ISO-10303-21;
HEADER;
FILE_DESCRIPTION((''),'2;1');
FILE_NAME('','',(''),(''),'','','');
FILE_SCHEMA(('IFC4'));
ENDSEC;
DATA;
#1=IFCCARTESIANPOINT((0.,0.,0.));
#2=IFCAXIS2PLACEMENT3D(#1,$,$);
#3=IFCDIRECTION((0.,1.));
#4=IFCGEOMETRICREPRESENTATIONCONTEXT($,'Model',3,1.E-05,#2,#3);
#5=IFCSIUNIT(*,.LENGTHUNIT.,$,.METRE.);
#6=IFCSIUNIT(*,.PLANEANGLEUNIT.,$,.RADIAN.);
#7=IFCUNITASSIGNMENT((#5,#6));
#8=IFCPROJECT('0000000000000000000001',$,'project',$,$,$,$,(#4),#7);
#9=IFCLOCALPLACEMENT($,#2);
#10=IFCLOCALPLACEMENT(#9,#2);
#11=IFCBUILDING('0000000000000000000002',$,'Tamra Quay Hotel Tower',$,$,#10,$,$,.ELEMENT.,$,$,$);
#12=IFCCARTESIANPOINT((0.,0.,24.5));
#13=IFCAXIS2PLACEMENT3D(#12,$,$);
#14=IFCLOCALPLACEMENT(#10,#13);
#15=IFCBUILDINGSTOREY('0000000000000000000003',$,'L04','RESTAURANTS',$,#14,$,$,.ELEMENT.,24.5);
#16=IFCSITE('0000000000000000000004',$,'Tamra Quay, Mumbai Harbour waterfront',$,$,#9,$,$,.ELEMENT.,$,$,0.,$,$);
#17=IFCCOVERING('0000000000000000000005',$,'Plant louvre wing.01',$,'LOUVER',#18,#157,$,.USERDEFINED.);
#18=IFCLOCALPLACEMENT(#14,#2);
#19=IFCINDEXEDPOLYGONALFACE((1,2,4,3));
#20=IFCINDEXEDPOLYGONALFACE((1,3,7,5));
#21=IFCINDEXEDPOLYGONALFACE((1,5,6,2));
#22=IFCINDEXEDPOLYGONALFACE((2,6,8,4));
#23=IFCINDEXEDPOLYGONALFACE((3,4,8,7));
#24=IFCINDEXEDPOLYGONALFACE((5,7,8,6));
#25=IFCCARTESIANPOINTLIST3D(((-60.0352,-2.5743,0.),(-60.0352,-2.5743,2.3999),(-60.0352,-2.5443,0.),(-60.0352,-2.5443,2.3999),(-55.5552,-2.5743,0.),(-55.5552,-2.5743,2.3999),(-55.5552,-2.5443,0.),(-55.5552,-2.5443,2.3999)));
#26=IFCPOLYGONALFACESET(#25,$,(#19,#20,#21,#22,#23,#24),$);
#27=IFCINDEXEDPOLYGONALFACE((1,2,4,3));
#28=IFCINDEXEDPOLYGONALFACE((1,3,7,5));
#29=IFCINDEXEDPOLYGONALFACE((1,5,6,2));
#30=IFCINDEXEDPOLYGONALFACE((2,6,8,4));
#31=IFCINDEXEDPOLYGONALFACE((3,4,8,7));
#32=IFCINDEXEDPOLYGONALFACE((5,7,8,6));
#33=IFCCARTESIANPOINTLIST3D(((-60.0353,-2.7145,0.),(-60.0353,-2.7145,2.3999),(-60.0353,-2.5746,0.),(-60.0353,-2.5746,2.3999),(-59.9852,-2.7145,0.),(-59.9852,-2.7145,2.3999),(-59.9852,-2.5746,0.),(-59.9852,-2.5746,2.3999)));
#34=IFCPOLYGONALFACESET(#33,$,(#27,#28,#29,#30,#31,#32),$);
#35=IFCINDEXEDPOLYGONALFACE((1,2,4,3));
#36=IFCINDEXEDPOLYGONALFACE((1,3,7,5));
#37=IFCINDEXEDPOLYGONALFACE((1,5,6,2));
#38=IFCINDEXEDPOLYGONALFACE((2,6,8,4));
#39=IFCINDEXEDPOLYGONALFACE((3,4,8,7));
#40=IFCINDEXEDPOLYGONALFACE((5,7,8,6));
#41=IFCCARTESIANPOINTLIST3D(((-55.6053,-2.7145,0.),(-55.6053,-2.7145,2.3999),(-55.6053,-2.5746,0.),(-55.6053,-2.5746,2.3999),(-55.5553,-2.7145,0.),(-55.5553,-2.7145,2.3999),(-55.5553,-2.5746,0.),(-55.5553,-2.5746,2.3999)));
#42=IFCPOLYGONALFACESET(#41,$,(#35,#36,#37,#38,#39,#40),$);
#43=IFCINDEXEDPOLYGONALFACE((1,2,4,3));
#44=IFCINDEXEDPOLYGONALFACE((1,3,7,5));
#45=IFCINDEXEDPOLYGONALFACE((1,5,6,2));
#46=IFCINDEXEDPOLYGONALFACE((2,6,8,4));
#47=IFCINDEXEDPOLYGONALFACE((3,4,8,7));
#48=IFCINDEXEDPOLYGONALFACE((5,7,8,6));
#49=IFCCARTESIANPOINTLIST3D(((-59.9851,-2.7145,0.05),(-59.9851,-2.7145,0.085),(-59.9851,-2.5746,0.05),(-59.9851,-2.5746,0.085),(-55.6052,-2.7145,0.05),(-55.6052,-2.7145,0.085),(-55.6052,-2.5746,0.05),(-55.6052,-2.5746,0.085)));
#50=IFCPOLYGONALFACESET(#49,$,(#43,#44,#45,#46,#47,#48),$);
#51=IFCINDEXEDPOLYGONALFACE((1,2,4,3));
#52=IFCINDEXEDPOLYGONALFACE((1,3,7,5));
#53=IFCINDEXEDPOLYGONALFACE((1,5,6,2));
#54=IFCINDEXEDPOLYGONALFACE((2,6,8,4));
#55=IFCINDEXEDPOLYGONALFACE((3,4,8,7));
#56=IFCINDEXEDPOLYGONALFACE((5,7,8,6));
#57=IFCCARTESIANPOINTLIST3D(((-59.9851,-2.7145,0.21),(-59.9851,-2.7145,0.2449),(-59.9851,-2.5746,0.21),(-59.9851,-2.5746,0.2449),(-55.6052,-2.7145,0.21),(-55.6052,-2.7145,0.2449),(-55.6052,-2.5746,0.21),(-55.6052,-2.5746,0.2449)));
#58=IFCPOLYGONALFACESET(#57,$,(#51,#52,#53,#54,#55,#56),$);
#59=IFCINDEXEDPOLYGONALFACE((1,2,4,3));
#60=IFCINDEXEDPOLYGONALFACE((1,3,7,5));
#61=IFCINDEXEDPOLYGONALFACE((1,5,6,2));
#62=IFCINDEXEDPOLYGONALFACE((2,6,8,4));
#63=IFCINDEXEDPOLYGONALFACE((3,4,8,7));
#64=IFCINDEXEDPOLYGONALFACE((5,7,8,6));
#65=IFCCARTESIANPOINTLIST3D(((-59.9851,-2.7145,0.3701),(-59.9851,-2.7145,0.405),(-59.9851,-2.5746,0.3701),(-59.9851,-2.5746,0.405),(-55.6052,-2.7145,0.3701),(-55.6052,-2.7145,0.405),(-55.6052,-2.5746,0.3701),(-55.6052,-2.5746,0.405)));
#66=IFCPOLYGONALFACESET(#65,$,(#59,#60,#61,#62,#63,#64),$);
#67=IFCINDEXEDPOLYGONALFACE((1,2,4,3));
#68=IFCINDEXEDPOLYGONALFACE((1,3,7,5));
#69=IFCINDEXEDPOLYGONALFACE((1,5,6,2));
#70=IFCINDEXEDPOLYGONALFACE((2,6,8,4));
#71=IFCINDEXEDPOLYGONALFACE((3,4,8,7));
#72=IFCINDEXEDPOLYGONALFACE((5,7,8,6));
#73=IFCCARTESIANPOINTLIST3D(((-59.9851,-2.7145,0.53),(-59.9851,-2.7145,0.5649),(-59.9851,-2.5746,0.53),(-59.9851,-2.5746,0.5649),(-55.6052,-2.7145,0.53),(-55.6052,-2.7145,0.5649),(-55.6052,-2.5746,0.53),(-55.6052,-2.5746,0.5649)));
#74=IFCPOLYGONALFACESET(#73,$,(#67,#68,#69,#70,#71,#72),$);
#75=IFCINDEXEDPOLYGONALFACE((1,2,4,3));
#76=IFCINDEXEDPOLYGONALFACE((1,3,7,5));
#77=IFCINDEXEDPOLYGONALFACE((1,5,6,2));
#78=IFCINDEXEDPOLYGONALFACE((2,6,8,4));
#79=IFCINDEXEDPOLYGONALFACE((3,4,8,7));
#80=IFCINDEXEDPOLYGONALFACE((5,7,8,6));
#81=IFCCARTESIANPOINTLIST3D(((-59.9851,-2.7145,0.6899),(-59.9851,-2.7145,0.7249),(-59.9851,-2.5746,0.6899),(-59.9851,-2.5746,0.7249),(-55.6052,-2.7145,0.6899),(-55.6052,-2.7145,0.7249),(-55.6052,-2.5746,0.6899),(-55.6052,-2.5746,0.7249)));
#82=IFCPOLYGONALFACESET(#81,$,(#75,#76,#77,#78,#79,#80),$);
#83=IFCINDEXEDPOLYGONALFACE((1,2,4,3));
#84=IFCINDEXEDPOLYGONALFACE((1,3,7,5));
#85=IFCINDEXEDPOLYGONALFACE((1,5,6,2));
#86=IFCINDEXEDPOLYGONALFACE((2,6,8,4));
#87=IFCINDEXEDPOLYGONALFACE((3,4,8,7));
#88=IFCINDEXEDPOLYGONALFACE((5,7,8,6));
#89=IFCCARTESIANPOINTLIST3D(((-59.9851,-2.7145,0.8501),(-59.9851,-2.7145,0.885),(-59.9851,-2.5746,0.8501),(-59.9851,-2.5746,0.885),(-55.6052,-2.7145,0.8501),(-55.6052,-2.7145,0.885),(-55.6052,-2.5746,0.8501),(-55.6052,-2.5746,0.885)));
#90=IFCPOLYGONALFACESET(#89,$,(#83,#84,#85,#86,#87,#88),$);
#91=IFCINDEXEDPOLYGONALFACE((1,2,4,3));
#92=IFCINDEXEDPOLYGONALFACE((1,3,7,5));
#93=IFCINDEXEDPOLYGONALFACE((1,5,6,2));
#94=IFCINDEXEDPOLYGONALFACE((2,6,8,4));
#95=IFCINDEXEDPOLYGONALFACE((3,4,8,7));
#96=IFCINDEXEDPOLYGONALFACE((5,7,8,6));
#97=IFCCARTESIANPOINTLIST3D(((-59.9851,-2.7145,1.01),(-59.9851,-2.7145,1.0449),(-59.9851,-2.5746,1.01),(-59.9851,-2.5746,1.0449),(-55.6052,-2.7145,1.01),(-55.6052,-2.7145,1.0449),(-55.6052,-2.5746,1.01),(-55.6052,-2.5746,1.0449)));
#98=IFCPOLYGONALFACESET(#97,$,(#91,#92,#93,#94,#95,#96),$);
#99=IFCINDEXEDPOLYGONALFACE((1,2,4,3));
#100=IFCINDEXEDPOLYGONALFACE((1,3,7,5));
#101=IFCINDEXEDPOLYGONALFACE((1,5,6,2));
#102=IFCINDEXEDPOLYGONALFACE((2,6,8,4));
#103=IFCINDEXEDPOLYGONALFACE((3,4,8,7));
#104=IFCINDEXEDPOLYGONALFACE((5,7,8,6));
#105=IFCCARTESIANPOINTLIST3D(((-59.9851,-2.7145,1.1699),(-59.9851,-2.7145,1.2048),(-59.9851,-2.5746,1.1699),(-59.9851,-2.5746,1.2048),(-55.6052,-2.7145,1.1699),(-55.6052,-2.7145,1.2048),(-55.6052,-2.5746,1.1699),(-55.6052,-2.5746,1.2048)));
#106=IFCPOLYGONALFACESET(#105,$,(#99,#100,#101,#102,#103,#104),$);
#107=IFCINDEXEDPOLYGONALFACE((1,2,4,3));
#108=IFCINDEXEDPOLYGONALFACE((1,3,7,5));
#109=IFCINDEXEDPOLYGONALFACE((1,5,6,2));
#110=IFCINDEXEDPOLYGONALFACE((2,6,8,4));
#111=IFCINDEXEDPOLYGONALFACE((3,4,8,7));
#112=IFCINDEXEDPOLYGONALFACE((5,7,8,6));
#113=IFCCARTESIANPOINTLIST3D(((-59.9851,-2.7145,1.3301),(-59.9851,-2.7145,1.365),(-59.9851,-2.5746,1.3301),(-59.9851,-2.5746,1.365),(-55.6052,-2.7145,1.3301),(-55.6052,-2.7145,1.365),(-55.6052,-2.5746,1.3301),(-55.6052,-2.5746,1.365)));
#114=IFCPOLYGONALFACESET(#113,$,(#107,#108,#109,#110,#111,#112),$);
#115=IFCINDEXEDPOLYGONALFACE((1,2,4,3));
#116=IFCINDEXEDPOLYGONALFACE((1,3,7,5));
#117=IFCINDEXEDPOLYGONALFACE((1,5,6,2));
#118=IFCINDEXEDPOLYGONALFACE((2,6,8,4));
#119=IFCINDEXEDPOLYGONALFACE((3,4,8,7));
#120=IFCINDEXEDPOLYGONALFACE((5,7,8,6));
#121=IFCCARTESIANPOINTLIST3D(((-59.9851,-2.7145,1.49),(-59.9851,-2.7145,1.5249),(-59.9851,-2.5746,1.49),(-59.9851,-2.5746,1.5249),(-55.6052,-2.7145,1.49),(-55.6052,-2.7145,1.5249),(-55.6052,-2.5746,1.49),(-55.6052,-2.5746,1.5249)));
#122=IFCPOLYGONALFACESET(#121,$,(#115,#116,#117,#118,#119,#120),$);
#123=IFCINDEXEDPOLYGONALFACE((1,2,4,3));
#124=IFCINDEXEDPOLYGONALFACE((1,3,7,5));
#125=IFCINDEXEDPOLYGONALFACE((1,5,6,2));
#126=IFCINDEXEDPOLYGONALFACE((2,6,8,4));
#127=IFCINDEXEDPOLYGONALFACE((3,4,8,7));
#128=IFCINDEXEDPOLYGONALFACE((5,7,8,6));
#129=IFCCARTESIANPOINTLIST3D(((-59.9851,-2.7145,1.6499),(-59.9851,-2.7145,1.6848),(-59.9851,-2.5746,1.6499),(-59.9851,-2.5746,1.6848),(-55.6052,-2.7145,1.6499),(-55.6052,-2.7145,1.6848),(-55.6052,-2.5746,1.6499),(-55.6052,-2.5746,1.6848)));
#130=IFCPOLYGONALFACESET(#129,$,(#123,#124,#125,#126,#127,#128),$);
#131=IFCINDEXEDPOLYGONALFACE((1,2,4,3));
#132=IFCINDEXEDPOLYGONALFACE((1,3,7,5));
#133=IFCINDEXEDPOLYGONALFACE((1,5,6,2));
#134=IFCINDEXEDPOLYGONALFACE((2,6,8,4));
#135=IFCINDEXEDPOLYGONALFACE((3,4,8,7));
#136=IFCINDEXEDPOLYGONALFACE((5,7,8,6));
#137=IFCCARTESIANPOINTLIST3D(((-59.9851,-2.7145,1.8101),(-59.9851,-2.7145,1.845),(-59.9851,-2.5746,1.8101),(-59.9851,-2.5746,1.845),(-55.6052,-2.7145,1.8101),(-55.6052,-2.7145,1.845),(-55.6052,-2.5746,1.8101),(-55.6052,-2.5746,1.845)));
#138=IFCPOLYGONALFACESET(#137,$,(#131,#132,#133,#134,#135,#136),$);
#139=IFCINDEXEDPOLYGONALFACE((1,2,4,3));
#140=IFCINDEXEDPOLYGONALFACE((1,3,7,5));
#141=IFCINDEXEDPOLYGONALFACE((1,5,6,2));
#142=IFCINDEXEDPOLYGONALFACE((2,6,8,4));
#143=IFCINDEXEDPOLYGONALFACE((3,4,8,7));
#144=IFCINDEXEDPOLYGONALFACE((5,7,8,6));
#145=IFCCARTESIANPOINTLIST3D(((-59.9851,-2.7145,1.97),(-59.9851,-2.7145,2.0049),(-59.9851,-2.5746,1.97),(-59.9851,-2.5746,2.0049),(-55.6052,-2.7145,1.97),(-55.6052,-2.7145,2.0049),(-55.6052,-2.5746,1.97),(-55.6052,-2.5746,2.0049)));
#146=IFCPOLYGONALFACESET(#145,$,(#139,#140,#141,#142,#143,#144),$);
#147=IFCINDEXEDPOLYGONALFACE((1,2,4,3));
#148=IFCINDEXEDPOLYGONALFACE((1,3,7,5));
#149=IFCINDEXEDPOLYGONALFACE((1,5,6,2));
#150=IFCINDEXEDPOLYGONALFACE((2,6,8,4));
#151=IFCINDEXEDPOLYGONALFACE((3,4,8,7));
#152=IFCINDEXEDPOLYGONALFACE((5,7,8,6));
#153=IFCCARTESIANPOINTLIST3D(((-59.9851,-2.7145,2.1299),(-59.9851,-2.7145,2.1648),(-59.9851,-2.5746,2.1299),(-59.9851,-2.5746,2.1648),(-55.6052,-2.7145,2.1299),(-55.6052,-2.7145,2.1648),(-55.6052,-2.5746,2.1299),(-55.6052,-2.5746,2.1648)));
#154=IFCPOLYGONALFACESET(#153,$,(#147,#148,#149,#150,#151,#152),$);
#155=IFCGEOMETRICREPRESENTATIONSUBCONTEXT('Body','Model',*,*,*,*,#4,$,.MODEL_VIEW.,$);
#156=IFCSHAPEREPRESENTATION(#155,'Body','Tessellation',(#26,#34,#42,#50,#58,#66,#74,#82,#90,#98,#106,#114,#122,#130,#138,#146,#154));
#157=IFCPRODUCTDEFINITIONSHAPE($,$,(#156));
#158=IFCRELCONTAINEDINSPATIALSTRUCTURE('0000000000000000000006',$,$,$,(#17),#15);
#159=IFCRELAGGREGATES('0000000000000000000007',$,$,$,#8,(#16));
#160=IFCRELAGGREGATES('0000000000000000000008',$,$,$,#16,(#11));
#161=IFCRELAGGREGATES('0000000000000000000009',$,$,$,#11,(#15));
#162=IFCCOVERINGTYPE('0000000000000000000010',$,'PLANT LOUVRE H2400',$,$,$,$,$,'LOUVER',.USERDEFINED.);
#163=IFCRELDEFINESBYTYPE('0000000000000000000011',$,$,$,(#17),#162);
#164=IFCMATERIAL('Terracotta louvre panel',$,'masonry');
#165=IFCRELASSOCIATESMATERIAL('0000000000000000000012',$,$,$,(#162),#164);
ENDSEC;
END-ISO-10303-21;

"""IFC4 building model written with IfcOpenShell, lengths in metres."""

from ifc_helpers import new_model, si_unit, direction, frame, frame_2d, origin, place, context, subcontext, project, spatial, rectangle, extrude, source, transform, mapped, material, type_object, element, save


model = new_model("IFC4")

# Units and contexts
model_context = context("Model", 3, precision=1e-05, world=origin(), true_north=direction((0.0, 1.0)))
body_context = subcontext(model_context, "Body", "Model", "MODEL_VIEW")
ifc_project = project(units=[si_unit("LENGTHUNIT", "METRE"), si_unit("PLANEANGLEUNIT", "RADIAN")], contexts=[model_context])

# Site, building, storey
site_placement = place(None, origin())
site = spatial("IfcSite", under=ifc_project, at=site_placement, Name="Tamra Quay, Mumbai Harbour waterfront", CompositionType="ELEMENT", RefElevation=0.0)
building_placement = place(site_placement, origin())
building = spatial("IfcBuilding", under=site, at=building_placement, Name="Tamra Quay Hotel Tower", CompositionType="ELEMENT")
storey_placement = place(building_placement, frame((0.0, 0.0, 24.5)))
storey = spatial("IfcBuildingStorey", under=building, at=storey_placement, Name="L04", Description="RESTAURANTS", CompositionType="ELEMENT", Elevation=24.5)

# Covering
ifc_material_1 = material(Name="Terracotta louvre panel", Category="masonry")
covering_type_1 = type_object("IfcCoveringType", Name="PLANT LOUVRE H2400", ElementType="LOUVER", PredefinedType="USERDEFINED", material=ifc_material_1)
shared_shape_1 = source(origin(), body_context, "Body", "SweptSolid", [
    extrude(rectangle(XDim=4.48, YDim=0.03, at=frame_2d((2.24, 0.0151))), frame((-2.24, -0.03, 0.0)), (0.0, 0.0, 1.0), 2.3999),
    extrude(rectangle(XDim=0.05, YDim=0.1399, at=frame_2d((0.0249, 0.0698))), frame((-2.24, -0.1699, 0.0)), (0.0, 0.0, 1.0), 2.3999),
    extrude(rectangle(XDim=0.05, YDim=0.1399, at=frame_2d((0.0249, 0.0698))), frame((2.1899, -0.1699, 0.0)), (0.0, 0.0, 1.0), 2.3999),
    extrude(rectangle(XDim=4.3799, YDim=0.1399, at=frame_2d((2.1899, 0.0698))), frame((-2.1899, -0.1699, 0.05)), (0.0, 0.0, 1.0), 0.0349),
    extrude(rectangle(XDim=4.3799, YDim=0.1399, at=frame_2d((2.1899, 0.0698))), frame((-2.1899, -0.1699, 0.21)), (0.0, 0.0, 1.0), 0.0349),
    extrude(rectangle(XDim=4.3799, YDim=0.1399, at=frame_2d((2.1899, 0.0698))), frame((-2.1899, -0.1699, 0.3701)), (0.0, 0.0, 1.0), 0.0349),
    extrude(rectangle(XDim=4.3799, YDim=0.1399, at=frame_2d((2.1899, 0.0698))), frame((-2.1899, -0.1699, 0.53)), (0.0, 0.0, 1.0), 0.0349),
    extrude(rectangle(XDim=4.3799, YDim=0.1399, at=frame_2d((2.1899, 0.0698))), frame((-2.1899, -0.1699, 0.6899)), (0.0, 0.0, 1.0), 0.0349),
    extrude(rectangle(XDim=4.3799, YDim=0.1399, at=frame_2d((2.1899, 0.0698))), frame((-2.1899, -0.1699, 0.8501)), (0.0, 0.0, 1.0), 0.0349),
    extrude(rectangle(XDim=4.3799, YDim=0.1399, at=frame_2d((2.1899, 0.0698))), frame((-2.1899, -0.1699, 1.01)), (0.0, 0.0, 1.0), 0.0349),
    extrude(rectangle(XDim=4.3799, YDim=0.1399, at=frame_2d((2.1899, 0.0698))), frame((-2.1899, -0.1699, 1.1699)), (0.0, 0.0, 1.0), 0.0349),
    extrude(rectangle(XDim=4.3799, YDim=0.1399, at=frame_2d((2.1899, 0.0698))), frame((-2.1899, -0.1699, 1.3301)), (0.0, 0.0, 1.0), 0.0349),
    extrude(rectangle(XDim=4.3799, YDim=0.1399, at=frame_2d((2.1899, 0.0698))), frame((-2.1899, -0.1699, 1.49)), (0.0, 0.0, 1.0), 0.0349),
    extrude(rectangle(XDim=4.3799, YDim=0.1399, at=frame_2d((2.1899, 0.0698))), frame((-2.1899, -0.1699, 1.6499)), (0.0, 0.0, 1.0), 0.0349),
    extrude(rectangle(XDim=4.3799, YDim=0.1399, at=frame_2d((2.1899, 0.0698))), frame((-2.1899, -0.1699, 1.8101)), (0.0, 0.0, 1.0), 0.0349),
    extrude(rectangle(XDim=4.3799, YDim=0.1399, at=frame_2d((2.1899, 0.0698))), frame((-2.1899, -0.1699, 1.97)), (0.0, 0.0, 1.0), 0.0349),
    extrude(rectangle(XDim=4.3799, YDim=0.1399, at=frame_2d((2.1899, 0.0698))), frame((-2.1899, -0.1699, 2.1299)), (0.0, 0.0, 1.0), 0.0349),
])
for number, where, z_axis, x_axis, name in (
    (1, (-57.7952, -2.5444, 0.0), (0.0, 0.0, 1.0), (1.0, 0.0, 0.0), "Plant louvre wing.01"),
):
    element("IfcCovering", number, at=place(storey_placement, frame(where, z_axis=z_axis, x_axis=x_axis)), inside=storey, type_object=covering_type_1, Name=name, ObjectType="LOUVER", PredefinedType="USERDEFINED", context=body_context, shape_type="MappedRepresentation", body=[
        mapped(shared_shape_1, transform((0.0, 0.0, 0.0), scale=1.0)),
    ])

save(model, "model.ifc")
